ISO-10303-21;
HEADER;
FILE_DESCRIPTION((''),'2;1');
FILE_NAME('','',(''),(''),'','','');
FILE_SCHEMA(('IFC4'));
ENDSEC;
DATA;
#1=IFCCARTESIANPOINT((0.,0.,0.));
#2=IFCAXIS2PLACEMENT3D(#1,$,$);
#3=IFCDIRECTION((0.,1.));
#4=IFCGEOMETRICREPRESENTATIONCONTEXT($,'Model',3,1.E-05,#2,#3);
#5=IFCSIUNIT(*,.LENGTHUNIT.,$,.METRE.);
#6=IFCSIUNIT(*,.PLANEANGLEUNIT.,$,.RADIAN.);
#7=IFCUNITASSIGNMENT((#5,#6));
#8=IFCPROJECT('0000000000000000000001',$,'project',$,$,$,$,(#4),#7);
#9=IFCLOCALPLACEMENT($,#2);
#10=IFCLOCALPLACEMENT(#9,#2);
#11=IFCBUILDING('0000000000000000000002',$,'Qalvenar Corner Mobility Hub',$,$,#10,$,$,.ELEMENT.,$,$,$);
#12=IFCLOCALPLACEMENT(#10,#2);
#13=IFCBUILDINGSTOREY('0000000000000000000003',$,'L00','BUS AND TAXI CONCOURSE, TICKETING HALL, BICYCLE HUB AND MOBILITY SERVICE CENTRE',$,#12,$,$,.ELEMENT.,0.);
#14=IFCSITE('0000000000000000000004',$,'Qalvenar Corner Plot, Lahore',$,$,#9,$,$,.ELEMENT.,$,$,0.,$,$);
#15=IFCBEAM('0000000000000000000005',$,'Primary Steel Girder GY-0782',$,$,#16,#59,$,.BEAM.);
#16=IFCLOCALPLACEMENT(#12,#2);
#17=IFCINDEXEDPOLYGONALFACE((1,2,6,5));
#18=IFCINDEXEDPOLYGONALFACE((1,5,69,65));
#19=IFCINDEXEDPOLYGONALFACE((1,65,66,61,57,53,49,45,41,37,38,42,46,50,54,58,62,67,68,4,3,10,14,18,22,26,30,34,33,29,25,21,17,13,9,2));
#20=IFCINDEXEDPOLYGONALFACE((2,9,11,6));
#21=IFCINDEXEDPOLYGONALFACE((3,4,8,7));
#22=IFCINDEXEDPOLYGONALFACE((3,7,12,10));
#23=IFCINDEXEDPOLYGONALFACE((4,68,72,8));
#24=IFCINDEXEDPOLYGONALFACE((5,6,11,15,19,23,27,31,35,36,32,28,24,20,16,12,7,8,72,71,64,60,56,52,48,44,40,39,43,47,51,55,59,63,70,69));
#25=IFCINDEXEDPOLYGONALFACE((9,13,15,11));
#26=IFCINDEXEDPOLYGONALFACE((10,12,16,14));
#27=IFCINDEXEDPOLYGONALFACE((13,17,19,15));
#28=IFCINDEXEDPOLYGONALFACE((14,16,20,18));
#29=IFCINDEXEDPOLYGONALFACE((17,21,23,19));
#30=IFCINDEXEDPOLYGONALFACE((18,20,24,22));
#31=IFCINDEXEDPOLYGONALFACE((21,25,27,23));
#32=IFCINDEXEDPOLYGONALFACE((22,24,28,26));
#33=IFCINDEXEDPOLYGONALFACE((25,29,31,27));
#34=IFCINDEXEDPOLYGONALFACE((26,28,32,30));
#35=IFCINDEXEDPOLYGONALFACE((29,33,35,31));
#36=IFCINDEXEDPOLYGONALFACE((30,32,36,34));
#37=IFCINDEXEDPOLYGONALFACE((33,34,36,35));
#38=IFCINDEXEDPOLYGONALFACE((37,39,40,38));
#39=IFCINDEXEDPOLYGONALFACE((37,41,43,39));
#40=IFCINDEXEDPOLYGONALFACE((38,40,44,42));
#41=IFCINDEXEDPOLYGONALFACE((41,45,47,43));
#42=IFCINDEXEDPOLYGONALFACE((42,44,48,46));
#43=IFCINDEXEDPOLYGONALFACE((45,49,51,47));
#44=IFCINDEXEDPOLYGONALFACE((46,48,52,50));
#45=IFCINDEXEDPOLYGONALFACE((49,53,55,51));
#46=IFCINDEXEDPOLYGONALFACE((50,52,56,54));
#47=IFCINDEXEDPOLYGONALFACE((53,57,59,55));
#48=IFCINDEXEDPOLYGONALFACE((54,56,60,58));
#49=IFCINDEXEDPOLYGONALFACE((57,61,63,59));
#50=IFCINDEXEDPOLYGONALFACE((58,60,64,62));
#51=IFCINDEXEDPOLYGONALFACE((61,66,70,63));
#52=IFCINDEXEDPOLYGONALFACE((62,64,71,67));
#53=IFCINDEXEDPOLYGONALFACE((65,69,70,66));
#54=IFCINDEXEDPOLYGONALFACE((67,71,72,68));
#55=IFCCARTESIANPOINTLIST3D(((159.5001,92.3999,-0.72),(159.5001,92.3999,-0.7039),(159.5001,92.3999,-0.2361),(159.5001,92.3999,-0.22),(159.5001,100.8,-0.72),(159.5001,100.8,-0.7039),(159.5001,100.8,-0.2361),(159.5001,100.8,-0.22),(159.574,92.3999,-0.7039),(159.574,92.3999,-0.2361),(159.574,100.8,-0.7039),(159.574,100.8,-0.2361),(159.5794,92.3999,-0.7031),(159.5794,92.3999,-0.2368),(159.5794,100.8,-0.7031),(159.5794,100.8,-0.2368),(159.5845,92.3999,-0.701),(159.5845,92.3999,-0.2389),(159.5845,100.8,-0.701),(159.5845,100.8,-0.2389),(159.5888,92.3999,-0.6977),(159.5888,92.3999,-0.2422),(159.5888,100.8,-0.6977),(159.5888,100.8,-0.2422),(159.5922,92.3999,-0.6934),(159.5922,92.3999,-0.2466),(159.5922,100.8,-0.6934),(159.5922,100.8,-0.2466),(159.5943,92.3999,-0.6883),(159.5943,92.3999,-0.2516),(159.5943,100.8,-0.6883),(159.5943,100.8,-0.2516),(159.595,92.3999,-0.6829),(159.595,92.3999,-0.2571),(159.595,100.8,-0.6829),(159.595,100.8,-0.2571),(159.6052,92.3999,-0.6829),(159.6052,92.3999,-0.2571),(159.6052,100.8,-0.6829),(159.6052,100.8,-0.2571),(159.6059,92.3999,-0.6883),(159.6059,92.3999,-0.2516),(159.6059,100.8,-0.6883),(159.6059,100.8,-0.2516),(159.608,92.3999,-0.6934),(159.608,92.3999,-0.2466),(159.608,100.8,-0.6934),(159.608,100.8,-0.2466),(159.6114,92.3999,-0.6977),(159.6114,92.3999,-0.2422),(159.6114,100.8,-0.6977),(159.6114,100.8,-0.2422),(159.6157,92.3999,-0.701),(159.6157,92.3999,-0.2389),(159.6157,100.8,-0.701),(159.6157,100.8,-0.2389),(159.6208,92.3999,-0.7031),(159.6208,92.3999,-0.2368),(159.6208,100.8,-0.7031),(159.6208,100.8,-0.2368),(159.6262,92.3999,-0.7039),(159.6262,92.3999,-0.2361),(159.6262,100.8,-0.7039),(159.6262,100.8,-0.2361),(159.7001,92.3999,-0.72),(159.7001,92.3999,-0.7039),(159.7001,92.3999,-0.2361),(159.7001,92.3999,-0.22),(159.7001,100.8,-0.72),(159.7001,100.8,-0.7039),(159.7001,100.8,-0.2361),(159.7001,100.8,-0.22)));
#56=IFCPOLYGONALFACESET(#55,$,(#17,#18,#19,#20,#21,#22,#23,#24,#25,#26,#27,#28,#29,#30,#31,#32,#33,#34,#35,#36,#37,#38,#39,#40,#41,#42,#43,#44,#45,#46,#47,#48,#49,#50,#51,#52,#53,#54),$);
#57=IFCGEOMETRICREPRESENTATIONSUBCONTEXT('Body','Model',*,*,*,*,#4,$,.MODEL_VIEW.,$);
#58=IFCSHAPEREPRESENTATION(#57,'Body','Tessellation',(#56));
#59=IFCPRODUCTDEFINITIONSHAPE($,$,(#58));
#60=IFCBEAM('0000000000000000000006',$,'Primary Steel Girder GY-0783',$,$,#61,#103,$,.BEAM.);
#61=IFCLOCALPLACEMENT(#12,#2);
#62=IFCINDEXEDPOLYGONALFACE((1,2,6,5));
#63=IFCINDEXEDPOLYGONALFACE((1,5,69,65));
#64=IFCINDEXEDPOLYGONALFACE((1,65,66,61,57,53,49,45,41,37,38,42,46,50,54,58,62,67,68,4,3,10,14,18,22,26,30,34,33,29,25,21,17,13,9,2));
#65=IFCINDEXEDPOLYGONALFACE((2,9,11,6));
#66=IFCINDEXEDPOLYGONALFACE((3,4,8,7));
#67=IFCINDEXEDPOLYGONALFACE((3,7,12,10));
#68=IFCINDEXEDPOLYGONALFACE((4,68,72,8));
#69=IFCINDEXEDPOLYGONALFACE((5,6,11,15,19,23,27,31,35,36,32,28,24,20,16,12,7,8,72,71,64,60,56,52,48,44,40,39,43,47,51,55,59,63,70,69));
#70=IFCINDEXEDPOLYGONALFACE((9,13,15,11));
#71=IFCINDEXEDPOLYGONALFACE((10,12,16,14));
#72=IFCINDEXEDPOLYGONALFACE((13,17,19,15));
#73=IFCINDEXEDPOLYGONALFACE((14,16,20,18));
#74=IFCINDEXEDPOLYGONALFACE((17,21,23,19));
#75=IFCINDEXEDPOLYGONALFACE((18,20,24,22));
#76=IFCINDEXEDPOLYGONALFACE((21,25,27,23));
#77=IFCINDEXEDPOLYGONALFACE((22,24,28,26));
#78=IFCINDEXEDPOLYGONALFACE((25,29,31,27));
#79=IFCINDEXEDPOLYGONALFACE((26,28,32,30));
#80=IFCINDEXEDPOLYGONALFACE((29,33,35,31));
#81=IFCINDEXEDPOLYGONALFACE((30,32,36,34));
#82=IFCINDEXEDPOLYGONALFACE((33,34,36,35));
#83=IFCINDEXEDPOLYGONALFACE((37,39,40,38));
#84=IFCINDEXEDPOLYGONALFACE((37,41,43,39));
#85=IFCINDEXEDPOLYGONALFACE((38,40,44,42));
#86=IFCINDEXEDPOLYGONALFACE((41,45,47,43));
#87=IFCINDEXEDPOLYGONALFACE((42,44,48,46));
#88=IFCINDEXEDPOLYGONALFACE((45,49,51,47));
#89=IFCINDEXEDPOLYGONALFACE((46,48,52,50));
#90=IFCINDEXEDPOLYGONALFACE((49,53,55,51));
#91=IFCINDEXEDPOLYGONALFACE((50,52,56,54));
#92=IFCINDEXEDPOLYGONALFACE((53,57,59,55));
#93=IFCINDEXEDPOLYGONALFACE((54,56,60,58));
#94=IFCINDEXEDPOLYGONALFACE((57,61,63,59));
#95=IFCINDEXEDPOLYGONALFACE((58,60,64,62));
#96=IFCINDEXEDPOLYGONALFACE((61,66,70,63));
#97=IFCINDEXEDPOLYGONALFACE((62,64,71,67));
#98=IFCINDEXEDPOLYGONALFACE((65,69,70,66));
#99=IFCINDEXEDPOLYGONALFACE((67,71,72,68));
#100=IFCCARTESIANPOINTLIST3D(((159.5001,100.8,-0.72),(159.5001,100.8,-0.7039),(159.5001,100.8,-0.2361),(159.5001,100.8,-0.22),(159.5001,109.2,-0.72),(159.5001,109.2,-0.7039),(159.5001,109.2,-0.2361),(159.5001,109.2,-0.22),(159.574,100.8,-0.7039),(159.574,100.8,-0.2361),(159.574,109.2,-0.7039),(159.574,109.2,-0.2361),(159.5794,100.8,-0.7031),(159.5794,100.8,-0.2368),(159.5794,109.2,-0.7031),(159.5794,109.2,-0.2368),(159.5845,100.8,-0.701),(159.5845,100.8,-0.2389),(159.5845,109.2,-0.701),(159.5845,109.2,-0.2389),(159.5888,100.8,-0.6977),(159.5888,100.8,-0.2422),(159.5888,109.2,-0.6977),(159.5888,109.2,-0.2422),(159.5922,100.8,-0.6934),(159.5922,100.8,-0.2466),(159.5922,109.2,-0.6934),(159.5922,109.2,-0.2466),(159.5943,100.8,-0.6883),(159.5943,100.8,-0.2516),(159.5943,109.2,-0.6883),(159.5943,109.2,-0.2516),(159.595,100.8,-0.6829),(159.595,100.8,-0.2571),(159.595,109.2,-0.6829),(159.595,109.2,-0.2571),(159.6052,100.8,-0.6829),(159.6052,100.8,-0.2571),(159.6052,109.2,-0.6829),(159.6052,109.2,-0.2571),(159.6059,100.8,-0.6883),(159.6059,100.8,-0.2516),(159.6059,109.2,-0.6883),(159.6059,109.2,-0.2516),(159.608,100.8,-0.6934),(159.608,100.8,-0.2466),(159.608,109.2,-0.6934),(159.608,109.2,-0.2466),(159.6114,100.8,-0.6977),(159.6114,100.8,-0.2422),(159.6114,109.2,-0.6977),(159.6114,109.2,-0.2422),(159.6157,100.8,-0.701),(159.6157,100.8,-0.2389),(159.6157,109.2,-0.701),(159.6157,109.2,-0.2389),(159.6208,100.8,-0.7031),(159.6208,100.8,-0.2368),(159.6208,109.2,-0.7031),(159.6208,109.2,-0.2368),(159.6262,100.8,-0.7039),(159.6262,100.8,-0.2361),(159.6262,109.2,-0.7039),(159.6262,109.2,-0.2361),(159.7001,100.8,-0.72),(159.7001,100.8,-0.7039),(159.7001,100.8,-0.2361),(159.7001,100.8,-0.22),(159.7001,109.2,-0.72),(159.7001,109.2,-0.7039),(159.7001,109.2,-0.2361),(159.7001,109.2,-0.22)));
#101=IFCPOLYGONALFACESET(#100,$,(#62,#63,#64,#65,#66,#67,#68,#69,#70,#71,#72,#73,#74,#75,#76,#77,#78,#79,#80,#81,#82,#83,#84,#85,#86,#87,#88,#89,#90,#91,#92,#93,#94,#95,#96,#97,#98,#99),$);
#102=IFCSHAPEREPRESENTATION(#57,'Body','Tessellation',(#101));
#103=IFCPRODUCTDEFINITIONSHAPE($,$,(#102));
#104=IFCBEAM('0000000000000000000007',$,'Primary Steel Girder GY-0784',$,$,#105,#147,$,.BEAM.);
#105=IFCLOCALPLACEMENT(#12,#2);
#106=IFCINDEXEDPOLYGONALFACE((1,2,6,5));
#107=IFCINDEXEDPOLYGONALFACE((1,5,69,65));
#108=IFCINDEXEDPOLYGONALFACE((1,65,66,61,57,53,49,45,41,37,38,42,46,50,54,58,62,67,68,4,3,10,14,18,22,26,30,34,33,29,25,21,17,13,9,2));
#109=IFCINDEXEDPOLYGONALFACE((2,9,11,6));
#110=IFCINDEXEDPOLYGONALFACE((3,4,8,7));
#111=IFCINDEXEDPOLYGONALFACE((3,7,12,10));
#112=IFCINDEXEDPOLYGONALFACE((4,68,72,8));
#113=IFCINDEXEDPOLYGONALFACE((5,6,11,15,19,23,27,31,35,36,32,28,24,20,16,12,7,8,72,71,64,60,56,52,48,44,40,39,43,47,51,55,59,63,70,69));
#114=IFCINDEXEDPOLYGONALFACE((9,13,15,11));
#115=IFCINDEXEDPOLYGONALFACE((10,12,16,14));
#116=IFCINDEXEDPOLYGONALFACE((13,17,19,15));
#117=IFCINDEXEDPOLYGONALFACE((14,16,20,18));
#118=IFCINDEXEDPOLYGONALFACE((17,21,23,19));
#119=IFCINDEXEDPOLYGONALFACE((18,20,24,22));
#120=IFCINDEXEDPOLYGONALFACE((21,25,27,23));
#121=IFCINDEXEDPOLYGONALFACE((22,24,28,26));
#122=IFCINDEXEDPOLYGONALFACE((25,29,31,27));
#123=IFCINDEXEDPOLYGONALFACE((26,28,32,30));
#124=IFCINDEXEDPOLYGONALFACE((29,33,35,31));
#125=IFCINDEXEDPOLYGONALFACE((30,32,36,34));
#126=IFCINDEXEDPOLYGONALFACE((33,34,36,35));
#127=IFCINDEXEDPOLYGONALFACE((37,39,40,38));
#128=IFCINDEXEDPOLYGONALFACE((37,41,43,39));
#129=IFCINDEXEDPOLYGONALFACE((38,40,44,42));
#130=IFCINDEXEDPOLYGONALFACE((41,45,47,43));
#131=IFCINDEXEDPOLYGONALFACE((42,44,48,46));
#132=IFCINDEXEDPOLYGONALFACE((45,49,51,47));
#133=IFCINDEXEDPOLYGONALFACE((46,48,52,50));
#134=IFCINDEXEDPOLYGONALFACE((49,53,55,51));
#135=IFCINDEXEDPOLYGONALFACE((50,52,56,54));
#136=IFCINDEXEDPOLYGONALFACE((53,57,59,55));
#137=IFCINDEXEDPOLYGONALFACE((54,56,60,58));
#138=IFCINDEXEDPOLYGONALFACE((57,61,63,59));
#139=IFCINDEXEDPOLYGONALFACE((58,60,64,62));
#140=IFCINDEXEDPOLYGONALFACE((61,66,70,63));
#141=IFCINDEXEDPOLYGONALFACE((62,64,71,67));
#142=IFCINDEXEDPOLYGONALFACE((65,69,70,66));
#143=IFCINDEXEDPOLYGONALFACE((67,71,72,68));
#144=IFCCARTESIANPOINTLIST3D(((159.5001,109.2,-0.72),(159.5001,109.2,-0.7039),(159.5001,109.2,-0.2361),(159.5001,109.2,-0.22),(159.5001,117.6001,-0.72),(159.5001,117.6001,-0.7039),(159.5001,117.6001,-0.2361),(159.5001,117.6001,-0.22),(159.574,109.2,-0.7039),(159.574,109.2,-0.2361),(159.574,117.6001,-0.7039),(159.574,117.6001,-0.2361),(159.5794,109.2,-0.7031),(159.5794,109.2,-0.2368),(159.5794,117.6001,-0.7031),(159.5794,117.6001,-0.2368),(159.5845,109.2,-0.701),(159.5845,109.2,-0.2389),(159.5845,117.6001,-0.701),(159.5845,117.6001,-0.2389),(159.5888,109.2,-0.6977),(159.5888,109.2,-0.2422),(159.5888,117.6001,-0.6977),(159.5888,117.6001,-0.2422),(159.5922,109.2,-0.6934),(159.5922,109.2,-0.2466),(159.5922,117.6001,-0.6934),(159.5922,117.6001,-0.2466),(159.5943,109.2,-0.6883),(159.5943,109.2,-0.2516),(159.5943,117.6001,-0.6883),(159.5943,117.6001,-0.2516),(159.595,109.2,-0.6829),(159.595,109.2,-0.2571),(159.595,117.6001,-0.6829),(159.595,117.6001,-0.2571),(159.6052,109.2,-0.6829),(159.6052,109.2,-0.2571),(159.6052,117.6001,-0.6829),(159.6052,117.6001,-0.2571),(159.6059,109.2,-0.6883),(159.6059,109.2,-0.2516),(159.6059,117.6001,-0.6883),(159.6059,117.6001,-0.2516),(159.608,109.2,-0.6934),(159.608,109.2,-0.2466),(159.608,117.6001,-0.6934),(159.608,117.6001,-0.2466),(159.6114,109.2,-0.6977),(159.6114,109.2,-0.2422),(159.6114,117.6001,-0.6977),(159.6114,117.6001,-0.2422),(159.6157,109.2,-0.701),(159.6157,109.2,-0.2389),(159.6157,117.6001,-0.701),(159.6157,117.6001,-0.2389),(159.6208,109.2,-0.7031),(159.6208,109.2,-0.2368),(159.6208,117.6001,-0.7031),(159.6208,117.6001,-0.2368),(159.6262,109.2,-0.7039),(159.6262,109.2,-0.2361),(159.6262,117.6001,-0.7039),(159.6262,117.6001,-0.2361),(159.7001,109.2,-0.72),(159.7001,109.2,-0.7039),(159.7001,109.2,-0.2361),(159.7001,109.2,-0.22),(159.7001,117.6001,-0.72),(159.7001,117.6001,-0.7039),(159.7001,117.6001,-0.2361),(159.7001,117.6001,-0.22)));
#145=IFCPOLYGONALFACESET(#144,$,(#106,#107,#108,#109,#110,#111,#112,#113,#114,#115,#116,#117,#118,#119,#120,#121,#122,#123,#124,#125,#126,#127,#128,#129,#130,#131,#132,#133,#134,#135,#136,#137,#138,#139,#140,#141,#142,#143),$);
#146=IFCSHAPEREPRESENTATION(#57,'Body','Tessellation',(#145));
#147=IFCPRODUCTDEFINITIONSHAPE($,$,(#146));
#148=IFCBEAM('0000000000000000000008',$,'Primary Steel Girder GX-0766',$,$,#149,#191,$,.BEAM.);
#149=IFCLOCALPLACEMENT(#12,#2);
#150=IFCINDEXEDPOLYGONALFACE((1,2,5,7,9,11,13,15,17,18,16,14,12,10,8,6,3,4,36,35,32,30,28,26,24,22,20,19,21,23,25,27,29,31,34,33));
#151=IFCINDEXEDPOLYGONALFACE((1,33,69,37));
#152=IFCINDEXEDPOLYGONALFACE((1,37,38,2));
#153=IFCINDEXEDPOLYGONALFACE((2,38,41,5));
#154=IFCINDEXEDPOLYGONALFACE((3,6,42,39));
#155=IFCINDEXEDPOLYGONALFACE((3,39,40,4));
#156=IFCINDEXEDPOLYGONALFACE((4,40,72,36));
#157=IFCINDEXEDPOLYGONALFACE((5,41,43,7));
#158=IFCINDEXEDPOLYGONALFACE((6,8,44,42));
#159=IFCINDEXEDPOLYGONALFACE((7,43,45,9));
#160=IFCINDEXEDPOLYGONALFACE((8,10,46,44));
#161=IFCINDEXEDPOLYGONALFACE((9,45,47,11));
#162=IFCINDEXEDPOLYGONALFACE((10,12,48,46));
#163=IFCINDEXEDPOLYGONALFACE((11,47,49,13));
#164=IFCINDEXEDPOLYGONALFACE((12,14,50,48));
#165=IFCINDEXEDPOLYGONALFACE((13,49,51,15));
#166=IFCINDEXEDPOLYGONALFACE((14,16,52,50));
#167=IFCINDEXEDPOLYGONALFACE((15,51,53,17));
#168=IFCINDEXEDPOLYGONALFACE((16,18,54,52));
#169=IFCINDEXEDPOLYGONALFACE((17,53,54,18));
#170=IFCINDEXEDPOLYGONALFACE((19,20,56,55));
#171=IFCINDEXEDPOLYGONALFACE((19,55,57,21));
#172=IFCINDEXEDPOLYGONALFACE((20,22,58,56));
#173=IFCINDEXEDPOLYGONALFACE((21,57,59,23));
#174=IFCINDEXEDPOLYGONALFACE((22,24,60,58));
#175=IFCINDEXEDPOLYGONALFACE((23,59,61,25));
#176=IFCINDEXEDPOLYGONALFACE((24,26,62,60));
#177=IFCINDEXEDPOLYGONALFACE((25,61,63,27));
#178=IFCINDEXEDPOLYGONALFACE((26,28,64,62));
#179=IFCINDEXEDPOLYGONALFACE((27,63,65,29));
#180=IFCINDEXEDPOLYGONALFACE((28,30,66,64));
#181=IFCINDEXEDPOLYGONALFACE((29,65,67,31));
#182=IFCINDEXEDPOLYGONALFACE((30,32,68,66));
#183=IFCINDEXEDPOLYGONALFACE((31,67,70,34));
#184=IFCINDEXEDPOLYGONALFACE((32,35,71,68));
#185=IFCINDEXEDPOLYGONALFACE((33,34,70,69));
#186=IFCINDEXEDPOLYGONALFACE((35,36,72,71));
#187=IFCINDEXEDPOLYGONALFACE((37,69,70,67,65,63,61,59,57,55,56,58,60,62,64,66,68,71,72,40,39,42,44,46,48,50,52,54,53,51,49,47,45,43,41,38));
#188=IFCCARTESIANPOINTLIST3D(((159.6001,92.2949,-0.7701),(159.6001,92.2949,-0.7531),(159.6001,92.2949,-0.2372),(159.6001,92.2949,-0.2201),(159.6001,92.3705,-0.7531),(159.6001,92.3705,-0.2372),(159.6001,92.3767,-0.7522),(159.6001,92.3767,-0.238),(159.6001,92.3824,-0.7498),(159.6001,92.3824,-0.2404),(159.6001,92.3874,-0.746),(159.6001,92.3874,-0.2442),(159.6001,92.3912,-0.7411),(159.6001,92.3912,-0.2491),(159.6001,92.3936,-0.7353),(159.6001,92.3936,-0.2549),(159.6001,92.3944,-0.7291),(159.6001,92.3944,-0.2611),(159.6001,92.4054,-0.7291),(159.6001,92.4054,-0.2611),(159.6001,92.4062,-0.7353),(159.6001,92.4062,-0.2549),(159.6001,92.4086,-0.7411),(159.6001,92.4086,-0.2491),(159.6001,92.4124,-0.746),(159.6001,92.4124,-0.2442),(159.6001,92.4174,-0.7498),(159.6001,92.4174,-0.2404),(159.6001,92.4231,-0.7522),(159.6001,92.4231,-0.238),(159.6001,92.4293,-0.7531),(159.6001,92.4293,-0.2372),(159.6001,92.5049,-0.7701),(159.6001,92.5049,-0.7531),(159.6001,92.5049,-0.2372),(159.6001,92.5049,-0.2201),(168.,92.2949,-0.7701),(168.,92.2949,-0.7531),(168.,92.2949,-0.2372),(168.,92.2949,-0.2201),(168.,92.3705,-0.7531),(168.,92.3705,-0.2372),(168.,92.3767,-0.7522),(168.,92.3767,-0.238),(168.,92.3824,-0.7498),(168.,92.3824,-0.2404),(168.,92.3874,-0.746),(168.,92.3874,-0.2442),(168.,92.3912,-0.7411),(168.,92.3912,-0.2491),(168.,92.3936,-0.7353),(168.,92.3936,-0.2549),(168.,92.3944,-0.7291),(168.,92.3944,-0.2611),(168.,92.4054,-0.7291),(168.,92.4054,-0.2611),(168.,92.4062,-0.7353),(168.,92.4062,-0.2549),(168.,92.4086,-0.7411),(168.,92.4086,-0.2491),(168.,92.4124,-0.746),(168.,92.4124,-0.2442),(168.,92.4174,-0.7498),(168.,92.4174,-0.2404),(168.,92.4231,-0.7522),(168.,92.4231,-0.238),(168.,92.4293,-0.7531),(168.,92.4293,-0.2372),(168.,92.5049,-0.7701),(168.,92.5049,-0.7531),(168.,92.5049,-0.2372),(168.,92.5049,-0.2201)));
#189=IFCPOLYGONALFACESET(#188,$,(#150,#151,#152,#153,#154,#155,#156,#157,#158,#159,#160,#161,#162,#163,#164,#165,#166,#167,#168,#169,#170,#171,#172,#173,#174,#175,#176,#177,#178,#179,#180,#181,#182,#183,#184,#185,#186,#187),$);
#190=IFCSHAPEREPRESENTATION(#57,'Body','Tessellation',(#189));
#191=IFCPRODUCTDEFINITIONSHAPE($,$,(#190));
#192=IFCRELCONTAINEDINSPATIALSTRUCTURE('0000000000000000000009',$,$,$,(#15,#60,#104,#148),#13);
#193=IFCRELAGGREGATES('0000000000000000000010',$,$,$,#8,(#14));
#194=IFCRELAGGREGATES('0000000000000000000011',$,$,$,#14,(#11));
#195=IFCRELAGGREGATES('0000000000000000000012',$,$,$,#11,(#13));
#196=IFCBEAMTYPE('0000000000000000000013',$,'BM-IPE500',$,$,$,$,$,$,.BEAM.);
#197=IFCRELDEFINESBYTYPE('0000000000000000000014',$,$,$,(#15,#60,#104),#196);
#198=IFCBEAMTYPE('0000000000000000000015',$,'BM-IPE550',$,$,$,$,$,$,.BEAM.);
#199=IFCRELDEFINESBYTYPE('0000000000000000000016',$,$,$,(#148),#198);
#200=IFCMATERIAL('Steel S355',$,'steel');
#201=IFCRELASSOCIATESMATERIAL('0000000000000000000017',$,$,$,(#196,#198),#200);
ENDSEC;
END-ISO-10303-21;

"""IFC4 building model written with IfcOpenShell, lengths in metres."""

from ifc_helpers import new_model, si_unit, direction, frame, origin, origin_2d, place, context, subcontext, project, spatial, i_section, extrude, material, material_profile, profile_set, type_object, element, save


model = new_model("IFC4")

# Units and contexts
model_context = context("Model", 3, precision=1e-05, world=origin(), true_north=direction((0.0, 1.0)))
body_context = subcontext(model_context, "Body", "Model", "MODEL_VIEW")
ifc_project = project(units=[si_unit("LENGTHUNIT", "METRE"), si_unit("PLANEANGLEUNIT", "RADIAN")], contexts=[model_context])

# Site, building, storey
site_placement = place(None, origin())
site = spatial("IfcSite", under=ifc_project, at=site_placement, Name="Qalvenar Corner Plot, Lahore", CompositionType="ELEMENT", RefElevation=0.0)
building_placement = place(site_placement, origin())
building = spatial("IfcBuilding", under=site, at=building_placement, Name="Qalvenar Corner Mobility Hub", CompositionType="ELEMENT")
storey_placement = place(building_placement, origin())
storey = spatial("IfcBuildingStorey", under=building, at=storey_placement, Name="L00", Description="BUS AND TAXI CONCOURSE, TICKETING HALL, BICYCLE HUB AND MOBILITY SERVICE CENTRE", CompositionType="ELEMENT", Elevation=0.0)

# Shared definitions
ifc_material_1 = material(Name="Steel S355", Category="steel")

# Beams
ifc_material_profile_1 = material_profile(ifc_material_1, i_section(OverallWidth=0.2, OverallDepth=0.5, WebThickness=0.0103, FlangeThickness=0.0161, FilletRadius=0.021, at=origin_2d()), Name="IPE500")
ifc_profile_set_1 = profile_set([ifc_material_profile_1], Name="Steel S355")
beam_type_1 = type_object("IfcBeamType", Name="BM-IPE500", PredefinedType="BEAM", material=ifc_profile_set_1)
for number, where, z_axis, x_axis, name in (
    (1, (159.6001, 92.3999, -0.47), (0.0, 1.0, 0.0), (-1.0, 0.0, 0.0), "Primary Steel Girder GY-0782"),
):
    element("IfcBeam", number, at=place(storey_placement, frame(where, z_axis=z_axis, x_axis=x_axis)), inside=storey, type_object=beam_type_1, Name=name, PredefinedType="BEAM", context=body_context, shape_type="SweptSolid", body=[
        extrude(i_section(OverallWidth=0.2, OverallDepth=0.5, WebThickness=0.0103, FlangeThickness=0.0161, FilletRadius=0.021, at=origin_2d()), origin(), (0.0, 0.0, 1.0), 8.4001),
    ])
beam_1_placement = place(storey_placement, frame((159.6001, 100.8, -0.47), z_axis=(0.0, 1.0, 0.0), x_axis=(-1.0, 0.0, 0.0)))
element("IfcBeam", 2, at=beam_1_placement, inside=storey, type_object=beam_type_1, Name="Primary Steel Girder GY-0783", PredefinedType="BEAM", context=body_context, shape_type="SweptSolid", body=[
    extrude(i_section(OverallWidth=0.2, OverallDepth=0.5, WebThickness=0.0103, FlangeThickness=0.0161, FilletRadius=0.021, at=origin_2d()), origin(), (0.0, 0.0, 1.0), 8.3999),
])
beam_2_placement = place(storey_placement, frame((159.6001, 109.2, -0.47), z_axis=(0.0, 1.0, 0.0), x_axis=(-1.0, 0.0, 0.0)))
element("IfcBeam", 3, at=beam_2_placement, inside=storey, type_object=beam_type_1, Name="Primary Steel Girder GY-0784", PredefinedType="BEAM", context=body_context, shape_type="SweptSolid", body=[
    extrude(i_section(OverallWidth=0.2, OverallDepth=0.5, WebThickness=0.0103, FlangeThickness=0.0161, FilletRadius=0.021, at=origin_2d()), origin(), (0.0, 0.0, 1.0), 8.4001),
])
ifc_material_profile_2 = material_profile(ifc_material_1, i_section(OverallWidth=0.21, OverallDepth=0.55, WebThickness=0.011, FlangeThickness=0.0171, FilletRadius=0.0239, at=origin_2d()), Name="IPE550")
ifc_profile_set_2 = profile_set([ifc_material_profile_2], Name="Steel S355")
beam_type_2 = type_object("IfcBeamType", Name="BM-IPE550", PredefinedType="BEAM", material=ifc_profile_set_2)
for number, where, z_axis, x_axis, name in (
    (4, (159.6001, 92.3999, -0.4951), (1.0, 0.0, 0.0), (0.0, 1.0, 0.0), "Primary Steel Girder GX-0766"),
):
    element("IfcBeam", number, at=place(storey_placement, frame(where, z_axis=z_axis, x_axis=x_axis)), inside=storey, type_object=beam_type_2, Name=name, PredefinedType="BEAM", context=body_context, shape_type="SweptSolid", body=[
        extrude(i_section(OverallWidth=0.21, OverallDepth=0.55, WebThickness=0.011, FlangeThickness=0.0171, FilletRadius=0.0239, at=origin_2d()), origin(), (0.0, 0.0, 1.0), 8.3999),
    ])

save(model, "model.ifc")
